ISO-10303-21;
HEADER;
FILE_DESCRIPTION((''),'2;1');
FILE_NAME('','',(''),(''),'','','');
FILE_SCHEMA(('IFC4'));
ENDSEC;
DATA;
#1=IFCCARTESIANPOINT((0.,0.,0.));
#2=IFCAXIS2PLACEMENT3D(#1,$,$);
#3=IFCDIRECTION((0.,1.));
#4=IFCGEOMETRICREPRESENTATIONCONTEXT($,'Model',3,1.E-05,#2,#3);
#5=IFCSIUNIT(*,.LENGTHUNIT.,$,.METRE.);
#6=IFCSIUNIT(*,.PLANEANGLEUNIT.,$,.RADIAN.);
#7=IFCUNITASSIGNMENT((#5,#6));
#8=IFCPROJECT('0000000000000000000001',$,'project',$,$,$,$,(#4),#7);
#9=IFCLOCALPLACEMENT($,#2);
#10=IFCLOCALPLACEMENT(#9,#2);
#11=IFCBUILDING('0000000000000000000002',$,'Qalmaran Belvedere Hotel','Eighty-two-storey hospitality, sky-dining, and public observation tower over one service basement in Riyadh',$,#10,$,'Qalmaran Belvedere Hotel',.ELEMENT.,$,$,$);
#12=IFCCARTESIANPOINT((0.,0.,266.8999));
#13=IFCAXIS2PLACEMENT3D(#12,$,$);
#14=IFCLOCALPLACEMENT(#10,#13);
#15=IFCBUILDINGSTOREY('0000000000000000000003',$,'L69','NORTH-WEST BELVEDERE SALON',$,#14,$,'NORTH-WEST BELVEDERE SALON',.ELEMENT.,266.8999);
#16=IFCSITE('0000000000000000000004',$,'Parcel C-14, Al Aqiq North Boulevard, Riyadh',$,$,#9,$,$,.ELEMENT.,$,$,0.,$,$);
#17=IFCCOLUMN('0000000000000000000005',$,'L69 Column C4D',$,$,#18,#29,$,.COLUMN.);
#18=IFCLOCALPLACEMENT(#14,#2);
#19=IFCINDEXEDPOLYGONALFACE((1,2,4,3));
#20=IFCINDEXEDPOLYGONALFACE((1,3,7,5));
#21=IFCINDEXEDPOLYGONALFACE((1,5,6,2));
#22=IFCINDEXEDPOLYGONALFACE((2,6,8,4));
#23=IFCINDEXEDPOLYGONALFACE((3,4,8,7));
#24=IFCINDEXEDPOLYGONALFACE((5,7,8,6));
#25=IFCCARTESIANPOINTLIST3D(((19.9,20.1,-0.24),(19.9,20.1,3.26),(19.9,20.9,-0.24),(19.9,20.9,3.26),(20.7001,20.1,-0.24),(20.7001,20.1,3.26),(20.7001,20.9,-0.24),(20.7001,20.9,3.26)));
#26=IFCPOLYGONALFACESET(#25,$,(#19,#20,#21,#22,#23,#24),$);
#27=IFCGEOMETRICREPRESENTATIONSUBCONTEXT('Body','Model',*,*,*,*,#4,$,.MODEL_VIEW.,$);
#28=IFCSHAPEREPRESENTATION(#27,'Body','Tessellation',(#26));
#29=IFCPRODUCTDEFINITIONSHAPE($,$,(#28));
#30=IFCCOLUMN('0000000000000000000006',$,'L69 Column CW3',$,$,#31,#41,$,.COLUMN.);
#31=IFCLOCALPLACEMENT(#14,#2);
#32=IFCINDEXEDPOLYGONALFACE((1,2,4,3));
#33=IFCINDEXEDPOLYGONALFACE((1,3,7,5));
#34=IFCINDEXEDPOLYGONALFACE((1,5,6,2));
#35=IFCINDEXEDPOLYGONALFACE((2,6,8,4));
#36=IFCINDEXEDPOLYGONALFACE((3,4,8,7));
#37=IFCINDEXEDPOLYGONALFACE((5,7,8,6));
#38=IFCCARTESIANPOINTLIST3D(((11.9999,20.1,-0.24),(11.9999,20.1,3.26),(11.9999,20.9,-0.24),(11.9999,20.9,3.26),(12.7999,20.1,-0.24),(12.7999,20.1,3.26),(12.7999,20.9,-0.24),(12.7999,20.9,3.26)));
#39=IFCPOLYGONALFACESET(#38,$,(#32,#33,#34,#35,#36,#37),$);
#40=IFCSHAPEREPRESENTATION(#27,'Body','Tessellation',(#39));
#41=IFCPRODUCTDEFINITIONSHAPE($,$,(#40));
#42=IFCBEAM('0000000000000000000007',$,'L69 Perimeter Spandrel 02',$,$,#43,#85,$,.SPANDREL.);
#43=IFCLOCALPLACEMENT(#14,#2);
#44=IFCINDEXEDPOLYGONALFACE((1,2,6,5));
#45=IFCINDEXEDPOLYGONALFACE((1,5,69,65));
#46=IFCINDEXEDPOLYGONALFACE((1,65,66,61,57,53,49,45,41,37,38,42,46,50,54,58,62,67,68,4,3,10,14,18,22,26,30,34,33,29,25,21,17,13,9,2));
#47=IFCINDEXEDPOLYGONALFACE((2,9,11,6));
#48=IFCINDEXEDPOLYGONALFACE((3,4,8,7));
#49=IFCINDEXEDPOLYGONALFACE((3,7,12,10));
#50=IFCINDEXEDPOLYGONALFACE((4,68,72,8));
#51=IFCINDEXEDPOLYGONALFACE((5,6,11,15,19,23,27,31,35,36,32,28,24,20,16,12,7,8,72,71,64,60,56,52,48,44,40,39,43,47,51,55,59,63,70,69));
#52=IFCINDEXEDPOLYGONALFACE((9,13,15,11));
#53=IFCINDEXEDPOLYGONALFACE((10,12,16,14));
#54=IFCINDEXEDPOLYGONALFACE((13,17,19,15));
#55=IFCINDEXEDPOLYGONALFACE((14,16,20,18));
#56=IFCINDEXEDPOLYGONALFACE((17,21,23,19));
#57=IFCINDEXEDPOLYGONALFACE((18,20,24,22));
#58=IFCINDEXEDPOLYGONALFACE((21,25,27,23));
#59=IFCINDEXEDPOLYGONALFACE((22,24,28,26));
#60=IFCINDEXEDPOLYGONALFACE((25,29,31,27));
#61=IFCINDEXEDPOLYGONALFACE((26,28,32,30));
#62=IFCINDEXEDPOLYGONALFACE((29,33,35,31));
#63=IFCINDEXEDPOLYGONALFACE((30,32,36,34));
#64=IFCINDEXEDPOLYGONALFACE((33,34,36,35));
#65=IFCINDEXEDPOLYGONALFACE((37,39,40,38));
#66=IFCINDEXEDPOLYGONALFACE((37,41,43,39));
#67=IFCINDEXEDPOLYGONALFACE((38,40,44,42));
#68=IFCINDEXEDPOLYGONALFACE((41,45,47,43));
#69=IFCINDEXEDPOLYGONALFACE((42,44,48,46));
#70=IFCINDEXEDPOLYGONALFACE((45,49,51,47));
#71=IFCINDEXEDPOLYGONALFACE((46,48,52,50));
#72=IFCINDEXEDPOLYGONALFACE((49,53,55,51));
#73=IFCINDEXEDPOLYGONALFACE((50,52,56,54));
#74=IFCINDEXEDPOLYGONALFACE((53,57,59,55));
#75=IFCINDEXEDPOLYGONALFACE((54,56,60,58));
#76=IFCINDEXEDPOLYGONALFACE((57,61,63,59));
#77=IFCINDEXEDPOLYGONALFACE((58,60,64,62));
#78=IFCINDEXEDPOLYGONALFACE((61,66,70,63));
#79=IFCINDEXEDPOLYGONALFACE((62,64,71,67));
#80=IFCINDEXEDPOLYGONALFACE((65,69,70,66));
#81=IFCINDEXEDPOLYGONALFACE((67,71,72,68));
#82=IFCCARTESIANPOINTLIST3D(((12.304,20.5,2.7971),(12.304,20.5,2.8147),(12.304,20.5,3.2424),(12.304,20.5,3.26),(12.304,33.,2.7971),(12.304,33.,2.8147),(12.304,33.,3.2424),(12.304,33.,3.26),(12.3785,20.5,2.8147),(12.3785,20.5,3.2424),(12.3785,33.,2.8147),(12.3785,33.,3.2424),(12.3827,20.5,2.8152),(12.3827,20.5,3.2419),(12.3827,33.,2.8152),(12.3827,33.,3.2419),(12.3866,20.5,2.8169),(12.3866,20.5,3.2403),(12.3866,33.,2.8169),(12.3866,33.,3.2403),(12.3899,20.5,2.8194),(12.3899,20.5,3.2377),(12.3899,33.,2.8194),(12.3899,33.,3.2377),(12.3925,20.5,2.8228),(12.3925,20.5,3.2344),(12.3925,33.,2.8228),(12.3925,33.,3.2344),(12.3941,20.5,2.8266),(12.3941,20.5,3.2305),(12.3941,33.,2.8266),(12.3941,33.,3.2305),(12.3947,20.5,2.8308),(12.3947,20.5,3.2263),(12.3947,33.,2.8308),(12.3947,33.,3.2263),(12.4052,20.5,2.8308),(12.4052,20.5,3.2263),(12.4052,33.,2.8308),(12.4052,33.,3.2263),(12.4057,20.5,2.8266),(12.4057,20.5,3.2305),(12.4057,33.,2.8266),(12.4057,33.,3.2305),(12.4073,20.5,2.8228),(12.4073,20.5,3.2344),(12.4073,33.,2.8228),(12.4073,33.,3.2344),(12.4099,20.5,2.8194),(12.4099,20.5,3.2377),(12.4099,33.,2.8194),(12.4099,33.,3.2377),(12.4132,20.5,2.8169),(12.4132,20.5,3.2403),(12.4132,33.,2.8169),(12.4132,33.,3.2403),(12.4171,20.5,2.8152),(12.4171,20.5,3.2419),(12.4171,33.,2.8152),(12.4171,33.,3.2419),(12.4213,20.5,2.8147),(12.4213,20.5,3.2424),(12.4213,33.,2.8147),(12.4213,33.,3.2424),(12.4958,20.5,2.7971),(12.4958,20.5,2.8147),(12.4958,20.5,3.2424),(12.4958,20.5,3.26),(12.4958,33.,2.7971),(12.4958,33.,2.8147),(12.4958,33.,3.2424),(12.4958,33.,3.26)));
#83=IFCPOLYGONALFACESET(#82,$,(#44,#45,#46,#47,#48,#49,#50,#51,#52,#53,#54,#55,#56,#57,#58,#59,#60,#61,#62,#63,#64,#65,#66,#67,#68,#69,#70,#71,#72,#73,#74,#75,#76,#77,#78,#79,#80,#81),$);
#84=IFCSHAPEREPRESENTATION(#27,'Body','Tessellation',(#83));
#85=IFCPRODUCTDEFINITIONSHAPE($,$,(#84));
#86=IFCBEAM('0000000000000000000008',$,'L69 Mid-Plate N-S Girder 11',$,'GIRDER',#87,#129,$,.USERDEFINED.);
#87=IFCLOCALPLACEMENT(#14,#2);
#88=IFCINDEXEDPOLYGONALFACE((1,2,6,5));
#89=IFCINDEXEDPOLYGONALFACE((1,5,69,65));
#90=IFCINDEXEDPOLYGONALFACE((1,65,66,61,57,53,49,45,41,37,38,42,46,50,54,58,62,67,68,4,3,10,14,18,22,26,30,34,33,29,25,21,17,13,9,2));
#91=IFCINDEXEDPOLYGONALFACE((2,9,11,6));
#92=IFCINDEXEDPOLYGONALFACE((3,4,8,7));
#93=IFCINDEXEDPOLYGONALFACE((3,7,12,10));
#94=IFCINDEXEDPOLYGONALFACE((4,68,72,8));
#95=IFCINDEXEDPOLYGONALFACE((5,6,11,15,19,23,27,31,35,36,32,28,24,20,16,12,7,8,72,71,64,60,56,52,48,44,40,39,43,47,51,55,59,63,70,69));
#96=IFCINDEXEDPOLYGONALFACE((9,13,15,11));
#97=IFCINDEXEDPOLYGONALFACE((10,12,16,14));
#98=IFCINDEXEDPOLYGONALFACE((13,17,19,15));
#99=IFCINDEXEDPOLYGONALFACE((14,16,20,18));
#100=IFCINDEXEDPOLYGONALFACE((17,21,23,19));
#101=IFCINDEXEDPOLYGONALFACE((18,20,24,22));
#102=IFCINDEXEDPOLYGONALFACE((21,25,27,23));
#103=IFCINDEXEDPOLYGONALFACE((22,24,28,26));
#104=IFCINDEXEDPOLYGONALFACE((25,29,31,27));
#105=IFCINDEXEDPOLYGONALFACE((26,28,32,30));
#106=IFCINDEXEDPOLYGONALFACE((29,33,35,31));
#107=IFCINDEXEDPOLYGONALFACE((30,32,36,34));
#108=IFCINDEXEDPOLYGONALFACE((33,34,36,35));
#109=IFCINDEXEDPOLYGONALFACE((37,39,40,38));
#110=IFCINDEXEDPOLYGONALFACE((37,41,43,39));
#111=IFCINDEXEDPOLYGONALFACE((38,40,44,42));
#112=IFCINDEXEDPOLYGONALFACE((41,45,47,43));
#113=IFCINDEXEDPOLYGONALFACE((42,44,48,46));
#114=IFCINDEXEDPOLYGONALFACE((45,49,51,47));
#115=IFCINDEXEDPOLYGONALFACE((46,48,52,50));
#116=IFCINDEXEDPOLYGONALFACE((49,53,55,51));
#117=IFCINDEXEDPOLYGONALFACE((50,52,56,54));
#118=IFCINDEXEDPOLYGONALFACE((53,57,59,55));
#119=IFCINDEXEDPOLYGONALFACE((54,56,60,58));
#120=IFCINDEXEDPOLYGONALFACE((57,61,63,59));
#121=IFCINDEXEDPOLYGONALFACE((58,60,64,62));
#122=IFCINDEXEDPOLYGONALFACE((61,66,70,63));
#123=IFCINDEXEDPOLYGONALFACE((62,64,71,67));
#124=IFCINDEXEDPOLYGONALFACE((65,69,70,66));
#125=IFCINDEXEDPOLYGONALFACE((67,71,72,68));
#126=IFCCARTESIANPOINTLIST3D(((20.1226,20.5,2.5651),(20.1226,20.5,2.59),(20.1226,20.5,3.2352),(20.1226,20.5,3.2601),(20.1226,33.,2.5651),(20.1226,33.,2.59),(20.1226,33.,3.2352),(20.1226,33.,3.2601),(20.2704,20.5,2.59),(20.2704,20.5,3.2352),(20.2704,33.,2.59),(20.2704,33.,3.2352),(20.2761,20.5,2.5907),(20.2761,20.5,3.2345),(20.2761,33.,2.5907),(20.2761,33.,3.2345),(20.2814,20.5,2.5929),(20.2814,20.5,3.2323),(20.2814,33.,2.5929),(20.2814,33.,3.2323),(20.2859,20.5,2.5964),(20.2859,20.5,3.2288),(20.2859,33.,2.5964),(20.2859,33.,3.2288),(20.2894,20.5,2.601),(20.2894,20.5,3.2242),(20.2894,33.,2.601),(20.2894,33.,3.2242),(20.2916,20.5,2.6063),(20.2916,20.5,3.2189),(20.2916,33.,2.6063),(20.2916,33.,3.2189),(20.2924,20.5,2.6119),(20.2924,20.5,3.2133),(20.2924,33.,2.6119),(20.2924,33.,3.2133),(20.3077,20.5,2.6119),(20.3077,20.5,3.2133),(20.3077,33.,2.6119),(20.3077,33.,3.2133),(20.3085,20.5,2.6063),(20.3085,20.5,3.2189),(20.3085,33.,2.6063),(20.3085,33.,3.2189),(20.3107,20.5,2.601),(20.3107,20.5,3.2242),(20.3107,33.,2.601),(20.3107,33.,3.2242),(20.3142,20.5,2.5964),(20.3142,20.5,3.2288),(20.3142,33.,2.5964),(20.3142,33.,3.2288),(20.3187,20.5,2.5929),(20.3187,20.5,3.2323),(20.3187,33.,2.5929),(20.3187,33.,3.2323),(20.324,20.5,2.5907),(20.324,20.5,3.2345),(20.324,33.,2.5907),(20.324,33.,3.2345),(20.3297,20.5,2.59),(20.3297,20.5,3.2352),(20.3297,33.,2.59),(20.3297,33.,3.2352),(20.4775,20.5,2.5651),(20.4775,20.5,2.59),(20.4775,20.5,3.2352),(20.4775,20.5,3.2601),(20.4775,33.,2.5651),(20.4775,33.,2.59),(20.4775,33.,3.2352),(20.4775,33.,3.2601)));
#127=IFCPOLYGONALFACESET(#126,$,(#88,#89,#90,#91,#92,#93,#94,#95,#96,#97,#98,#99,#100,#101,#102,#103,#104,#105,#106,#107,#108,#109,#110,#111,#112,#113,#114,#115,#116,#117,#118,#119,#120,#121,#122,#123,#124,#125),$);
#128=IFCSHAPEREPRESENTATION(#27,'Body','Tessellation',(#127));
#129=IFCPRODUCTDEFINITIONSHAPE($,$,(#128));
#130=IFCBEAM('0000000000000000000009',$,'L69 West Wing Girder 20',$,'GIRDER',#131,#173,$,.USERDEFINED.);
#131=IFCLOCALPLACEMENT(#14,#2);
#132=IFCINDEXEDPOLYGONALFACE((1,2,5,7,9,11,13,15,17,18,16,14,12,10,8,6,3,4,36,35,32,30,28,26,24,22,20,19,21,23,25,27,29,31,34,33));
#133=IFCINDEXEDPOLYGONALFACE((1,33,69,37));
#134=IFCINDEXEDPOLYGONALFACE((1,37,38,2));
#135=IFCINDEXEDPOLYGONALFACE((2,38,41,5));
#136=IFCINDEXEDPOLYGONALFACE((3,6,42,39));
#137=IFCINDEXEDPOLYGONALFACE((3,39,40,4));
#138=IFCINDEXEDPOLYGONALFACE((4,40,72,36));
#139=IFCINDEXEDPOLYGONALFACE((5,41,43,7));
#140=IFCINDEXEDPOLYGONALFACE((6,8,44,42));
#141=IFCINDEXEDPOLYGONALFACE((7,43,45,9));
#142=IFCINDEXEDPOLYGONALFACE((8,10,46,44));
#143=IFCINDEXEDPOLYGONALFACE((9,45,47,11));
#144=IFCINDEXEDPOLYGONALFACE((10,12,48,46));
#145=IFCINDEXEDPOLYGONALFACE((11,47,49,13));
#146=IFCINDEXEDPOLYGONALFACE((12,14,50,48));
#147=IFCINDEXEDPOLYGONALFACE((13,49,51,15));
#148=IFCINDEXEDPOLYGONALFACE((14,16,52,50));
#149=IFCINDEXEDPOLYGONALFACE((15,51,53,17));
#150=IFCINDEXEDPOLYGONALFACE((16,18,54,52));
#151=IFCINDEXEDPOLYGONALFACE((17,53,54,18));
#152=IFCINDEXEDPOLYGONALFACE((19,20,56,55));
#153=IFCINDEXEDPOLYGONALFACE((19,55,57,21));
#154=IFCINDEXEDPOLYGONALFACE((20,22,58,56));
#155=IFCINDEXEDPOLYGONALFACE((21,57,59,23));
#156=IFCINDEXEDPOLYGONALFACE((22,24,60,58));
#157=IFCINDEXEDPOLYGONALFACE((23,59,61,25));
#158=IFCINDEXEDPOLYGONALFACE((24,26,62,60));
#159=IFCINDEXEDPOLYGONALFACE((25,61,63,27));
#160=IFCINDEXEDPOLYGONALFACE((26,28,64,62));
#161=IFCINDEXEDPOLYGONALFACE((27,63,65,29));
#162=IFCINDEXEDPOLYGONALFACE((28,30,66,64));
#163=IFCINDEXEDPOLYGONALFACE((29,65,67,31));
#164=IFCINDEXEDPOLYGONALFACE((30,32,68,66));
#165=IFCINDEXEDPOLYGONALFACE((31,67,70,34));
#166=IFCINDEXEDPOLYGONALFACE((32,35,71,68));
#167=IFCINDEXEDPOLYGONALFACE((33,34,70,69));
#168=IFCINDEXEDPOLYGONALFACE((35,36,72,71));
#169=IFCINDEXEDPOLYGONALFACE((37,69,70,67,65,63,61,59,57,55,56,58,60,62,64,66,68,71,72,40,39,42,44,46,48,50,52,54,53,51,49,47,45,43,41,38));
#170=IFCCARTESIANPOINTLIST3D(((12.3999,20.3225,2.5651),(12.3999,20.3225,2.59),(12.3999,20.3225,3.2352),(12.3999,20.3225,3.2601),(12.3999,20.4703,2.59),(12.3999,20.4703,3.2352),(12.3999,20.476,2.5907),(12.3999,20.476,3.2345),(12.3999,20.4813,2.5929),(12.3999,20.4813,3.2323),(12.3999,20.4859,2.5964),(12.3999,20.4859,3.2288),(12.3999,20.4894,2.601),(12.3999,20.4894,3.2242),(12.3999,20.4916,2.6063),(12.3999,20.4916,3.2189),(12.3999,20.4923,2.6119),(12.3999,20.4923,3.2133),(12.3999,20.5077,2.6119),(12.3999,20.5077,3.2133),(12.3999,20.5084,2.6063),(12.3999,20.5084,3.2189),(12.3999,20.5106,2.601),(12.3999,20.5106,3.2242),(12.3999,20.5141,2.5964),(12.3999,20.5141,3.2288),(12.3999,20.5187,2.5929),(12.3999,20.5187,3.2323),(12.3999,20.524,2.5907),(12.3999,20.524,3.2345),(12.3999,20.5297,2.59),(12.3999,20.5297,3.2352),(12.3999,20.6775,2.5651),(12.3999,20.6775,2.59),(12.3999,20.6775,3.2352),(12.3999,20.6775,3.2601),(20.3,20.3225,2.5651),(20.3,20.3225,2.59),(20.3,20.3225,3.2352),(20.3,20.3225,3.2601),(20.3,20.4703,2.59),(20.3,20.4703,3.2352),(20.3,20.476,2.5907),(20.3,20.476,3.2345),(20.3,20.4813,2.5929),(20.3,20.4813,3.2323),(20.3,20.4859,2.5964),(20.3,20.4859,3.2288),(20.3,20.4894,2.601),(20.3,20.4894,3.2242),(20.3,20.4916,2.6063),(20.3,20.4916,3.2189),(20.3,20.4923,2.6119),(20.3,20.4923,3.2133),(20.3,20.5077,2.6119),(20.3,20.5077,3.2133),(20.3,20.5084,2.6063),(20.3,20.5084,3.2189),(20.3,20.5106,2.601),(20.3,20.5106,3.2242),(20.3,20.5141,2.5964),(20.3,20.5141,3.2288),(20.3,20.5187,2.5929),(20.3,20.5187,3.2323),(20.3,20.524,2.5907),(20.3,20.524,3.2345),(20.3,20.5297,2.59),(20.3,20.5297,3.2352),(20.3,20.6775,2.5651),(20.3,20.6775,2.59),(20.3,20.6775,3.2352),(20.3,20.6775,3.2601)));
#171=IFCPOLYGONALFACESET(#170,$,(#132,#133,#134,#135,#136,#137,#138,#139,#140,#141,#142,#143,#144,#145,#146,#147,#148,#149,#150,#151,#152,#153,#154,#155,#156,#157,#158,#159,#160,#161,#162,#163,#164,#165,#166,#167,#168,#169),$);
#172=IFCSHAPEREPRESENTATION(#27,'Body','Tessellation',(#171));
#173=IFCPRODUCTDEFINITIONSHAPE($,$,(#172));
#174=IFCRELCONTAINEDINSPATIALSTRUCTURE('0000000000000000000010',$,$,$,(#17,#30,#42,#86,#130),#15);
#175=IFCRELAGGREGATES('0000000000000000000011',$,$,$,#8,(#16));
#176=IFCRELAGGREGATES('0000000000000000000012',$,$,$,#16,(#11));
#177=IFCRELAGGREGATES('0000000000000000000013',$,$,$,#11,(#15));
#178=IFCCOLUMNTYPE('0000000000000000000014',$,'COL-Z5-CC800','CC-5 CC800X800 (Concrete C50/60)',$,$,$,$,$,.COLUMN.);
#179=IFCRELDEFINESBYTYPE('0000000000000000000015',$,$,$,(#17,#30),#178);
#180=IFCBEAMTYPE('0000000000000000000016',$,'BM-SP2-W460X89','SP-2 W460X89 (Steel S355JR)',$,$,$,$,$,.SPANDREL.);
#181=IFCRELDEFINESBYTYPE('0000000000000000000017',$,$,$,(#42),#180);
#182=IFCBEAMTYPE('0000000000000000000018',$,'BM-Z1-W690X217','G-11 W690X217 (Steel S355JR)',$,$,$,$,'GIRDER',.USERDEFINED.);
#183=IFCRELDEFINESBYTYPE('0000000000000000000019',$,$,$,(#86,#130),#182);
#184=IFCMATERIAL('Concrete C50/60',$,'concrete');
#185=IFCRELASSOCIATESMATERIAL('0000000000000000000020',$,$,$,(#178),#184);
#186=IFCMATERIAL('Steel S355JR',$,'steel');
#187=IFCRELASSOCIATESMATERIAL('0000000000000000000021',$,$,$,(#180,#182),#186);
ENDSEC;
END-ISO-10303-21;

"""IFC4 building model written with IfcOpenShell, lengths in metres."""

from ifc_helpers import new_model, si_unit, direction, frame, origin, origin_2d, place, context, subcontext, project, spatial, rectangle, i_section, extrude, material, material_profile, profile_set, type_object, element, save


model = new_model("IFC4")

# Units and contexts
model_context = context("Model", 3, precision=1e-05, world=origin(), true_north=direction((0.0, 1.0)))
body_context = subcontext(model_context, "Body", "Model", "MODEL_VIEW")
ifc_project = project(units=[si_unit("LENGTHUNIT", "METRE"), si_unit("PLANEANGLEUNIT", "RADIAN")], contexts=[model_context])

# Site, building, storey
site_placement = place(None, origin())
site = spatial("IfcSite", under=ifc_project, at=site_placement, Name="Parcel C-14, Al Aqiq North Boulevard, Riyadh", CompositionType="ELEMENT", RefElevation=0.0)
building_placement = place(site_placement, origin())
building = spatial("IfcBuilding", under=site, at=building_placement, Name="Qalmaran Belvedere Hotel", Description="Eighty-two-storey hospitality, sky-dining, and public observation tower over one service basement in Riyadh", LongName="Qalmaran Belvedere Hotel", CompositionType="ELEMENT")
storey_placement = place(building_placement, frame((0.0, 0.0, 266.8999)))
storey = spatial("IfcBuildingStorey", under=building, at=storey_placement, Name="L69", Description="NORTH-WEST BELVEDERE SALON", LongName="NORTH-WEST BELVEDERE SALON", CompositionType="ELEMENT", Elevation=266.8999)

# Columns
ifc_material_1 = material(Name="Concrete C50/60", Category="concrete")
ifc_material_profile_1 = material_profile(ifc_material_1, rectangle(XDim=0.8, YDim=0.8, at=origin_2d()), Name="CC800X800")
ifc_profile_set_1 = profile_set([ifc_material_profile_1], Name="Concrete C50/60")
column_type = type_object("IfcColumnType", Name="COL-Z5-CC800", Description="CC-5 CC800X800 (Concrete C50/60)", PredefinedType="COLUMN", material=ifc_profile_set_1)
for number, where, z_axis, x_axis, name in (
    (1, (20.3, 20.5, -0.24), (0.0, 0.0, 1.0), (1.0, 0.0, 0.0), "L69 Column C4D"),
    (2, (12.3999, 20.5, -0.24), (0.0, 0.0, 1.0), (1.0, 0.0, 0.0), "L69 Column CW3"),
):
    element("IfcColumn", number, at=place(storey_placement, frame(where, z_axis=z_axis, x_axis=x_axis)), inside=storey, type_object=column_type, Name=name, PredefinedType="COLUMN", context=body_context, shape_type="SweptSolid", body=[
        extrude(rectangle(XDim=0.8, YDim=0.8, at=origin_2d()), origin(), (0.0, 0.0, 1.0), 3.5),
    ])

# Beams
ifc_material_2 = material(Name="Steel S355JR", Category="steel")
ifc_material_profile_2 = material_profile(ifc_material_2, i_section(OverallWidth=0.1919, OverallDepth=0.4629, WebThickness=0.0105, FlangeThickness=0.0176, FilletRadius=0.0161, at=origin_2d()), Name="W460X89")
ifc_profile_set_2 = profile_set([ifc_material_profile_2], Name="Steel S355JR")
beam_type_1 = type_object("IfcBeamType", Name="BM-SP2-W460X89", Description="SP-2 W460X89 (Steel S355JR)", PredefinedType="SPANDREL", material=ifc_profile_set_2)
beam_1_placement = place(storey_placement, frame((12.3999, 20.5, 3.0286), z_axis=(0.0, 1.0, 0.0), x_axis=(-1.0, 0.0, 0.0)))
element("IfcBeam", 3, at=beam_1_placement, inside=storey, type_object=beam_type_1, Name="L69 Perimeter Spandrel 02", PredefinedType="SPANDREL", context=body_context, shape_type="SweptSolid", body=[
    extrude(i_section(OverallWidth=0.1919, OverallDepth=0.4629, WebThickness=0.0105, FlangeThickness=0.0176, FilletRadius=0.0161, at=origin_2d()), origin(), (0.0, 0.0, 1.0), 12.5),
])
ifc_material_profile_3 = material_profile(ifc_material_2, i_section(OverallWidth=0.355, OverallDepth=0.6951, WebThickness=0.0154, FlangeThickness=0.0249, FilletRadius=0.022, at=origin_2d()), Name="W690X217")
ifc_profile_set_3 = profile_set([ifc_material_profile_3], Name="Steel S355JR")
beam_type_2 = type_object("IfcBeamType", Name="BM-Z1-W690X217", Description="G-11 W690X217 (Steel S355JR)", ElementType="GIRDER", PredefinedType="USERDEFINED", material=ifc_profile_set_3)
beam_2_placement = place(storey_placement, frame((20.3, 20.5, 2.9126), z_axis=(0.0, 1.0, 0.0), x_axis=(-1.0, 0.0, 0.0)))
element("IfcBeam", 4, at=beam_2_placement, inside=storey, type_object=beam_type_2, Name="L69 Mid-Plate N-S Girder 11", ObjectType="GIRDER", PredefinedType="USERDEFINED", context=body_context, shape_type="SweptSolid", body=[
    extrude(i_section(OverallWidth=0.355, OverallDepth=0.6951, WebThickness=0.0154, FlangeThickness=0.0249, FilletRadius=0.022, at=origin_2d()), origin(), (0.0, 0.0, 1.0), 12.5),
])
beam_3_placement = place(storey_placement, frame((12.3999, 20.5, 2.9126), z_axis=(1.0, 0.0, 0.0), x_axis=(0.0, 1.0, 0.0)))
element("IfcBeam", 5, at=beam_3_placement, inside=storey, type_object=beam_type_2, Name="L69 West Wing Girder 20", ObjectType="GIRDER", PredefinedType="USERDEFINED", context=body_context, shape_type="SweptSolid", body=[
    extrude(i_section(OverallWidth=0.355, OverallDepth=0.6951, WebThickness=0.0154, FlangeThickness=0.0249, FilletRadius=0.022, at=origin_2d()), origin(), (0.0, 0.0, 1.0), 7.9001),
])

save(model, "model.ifc")
